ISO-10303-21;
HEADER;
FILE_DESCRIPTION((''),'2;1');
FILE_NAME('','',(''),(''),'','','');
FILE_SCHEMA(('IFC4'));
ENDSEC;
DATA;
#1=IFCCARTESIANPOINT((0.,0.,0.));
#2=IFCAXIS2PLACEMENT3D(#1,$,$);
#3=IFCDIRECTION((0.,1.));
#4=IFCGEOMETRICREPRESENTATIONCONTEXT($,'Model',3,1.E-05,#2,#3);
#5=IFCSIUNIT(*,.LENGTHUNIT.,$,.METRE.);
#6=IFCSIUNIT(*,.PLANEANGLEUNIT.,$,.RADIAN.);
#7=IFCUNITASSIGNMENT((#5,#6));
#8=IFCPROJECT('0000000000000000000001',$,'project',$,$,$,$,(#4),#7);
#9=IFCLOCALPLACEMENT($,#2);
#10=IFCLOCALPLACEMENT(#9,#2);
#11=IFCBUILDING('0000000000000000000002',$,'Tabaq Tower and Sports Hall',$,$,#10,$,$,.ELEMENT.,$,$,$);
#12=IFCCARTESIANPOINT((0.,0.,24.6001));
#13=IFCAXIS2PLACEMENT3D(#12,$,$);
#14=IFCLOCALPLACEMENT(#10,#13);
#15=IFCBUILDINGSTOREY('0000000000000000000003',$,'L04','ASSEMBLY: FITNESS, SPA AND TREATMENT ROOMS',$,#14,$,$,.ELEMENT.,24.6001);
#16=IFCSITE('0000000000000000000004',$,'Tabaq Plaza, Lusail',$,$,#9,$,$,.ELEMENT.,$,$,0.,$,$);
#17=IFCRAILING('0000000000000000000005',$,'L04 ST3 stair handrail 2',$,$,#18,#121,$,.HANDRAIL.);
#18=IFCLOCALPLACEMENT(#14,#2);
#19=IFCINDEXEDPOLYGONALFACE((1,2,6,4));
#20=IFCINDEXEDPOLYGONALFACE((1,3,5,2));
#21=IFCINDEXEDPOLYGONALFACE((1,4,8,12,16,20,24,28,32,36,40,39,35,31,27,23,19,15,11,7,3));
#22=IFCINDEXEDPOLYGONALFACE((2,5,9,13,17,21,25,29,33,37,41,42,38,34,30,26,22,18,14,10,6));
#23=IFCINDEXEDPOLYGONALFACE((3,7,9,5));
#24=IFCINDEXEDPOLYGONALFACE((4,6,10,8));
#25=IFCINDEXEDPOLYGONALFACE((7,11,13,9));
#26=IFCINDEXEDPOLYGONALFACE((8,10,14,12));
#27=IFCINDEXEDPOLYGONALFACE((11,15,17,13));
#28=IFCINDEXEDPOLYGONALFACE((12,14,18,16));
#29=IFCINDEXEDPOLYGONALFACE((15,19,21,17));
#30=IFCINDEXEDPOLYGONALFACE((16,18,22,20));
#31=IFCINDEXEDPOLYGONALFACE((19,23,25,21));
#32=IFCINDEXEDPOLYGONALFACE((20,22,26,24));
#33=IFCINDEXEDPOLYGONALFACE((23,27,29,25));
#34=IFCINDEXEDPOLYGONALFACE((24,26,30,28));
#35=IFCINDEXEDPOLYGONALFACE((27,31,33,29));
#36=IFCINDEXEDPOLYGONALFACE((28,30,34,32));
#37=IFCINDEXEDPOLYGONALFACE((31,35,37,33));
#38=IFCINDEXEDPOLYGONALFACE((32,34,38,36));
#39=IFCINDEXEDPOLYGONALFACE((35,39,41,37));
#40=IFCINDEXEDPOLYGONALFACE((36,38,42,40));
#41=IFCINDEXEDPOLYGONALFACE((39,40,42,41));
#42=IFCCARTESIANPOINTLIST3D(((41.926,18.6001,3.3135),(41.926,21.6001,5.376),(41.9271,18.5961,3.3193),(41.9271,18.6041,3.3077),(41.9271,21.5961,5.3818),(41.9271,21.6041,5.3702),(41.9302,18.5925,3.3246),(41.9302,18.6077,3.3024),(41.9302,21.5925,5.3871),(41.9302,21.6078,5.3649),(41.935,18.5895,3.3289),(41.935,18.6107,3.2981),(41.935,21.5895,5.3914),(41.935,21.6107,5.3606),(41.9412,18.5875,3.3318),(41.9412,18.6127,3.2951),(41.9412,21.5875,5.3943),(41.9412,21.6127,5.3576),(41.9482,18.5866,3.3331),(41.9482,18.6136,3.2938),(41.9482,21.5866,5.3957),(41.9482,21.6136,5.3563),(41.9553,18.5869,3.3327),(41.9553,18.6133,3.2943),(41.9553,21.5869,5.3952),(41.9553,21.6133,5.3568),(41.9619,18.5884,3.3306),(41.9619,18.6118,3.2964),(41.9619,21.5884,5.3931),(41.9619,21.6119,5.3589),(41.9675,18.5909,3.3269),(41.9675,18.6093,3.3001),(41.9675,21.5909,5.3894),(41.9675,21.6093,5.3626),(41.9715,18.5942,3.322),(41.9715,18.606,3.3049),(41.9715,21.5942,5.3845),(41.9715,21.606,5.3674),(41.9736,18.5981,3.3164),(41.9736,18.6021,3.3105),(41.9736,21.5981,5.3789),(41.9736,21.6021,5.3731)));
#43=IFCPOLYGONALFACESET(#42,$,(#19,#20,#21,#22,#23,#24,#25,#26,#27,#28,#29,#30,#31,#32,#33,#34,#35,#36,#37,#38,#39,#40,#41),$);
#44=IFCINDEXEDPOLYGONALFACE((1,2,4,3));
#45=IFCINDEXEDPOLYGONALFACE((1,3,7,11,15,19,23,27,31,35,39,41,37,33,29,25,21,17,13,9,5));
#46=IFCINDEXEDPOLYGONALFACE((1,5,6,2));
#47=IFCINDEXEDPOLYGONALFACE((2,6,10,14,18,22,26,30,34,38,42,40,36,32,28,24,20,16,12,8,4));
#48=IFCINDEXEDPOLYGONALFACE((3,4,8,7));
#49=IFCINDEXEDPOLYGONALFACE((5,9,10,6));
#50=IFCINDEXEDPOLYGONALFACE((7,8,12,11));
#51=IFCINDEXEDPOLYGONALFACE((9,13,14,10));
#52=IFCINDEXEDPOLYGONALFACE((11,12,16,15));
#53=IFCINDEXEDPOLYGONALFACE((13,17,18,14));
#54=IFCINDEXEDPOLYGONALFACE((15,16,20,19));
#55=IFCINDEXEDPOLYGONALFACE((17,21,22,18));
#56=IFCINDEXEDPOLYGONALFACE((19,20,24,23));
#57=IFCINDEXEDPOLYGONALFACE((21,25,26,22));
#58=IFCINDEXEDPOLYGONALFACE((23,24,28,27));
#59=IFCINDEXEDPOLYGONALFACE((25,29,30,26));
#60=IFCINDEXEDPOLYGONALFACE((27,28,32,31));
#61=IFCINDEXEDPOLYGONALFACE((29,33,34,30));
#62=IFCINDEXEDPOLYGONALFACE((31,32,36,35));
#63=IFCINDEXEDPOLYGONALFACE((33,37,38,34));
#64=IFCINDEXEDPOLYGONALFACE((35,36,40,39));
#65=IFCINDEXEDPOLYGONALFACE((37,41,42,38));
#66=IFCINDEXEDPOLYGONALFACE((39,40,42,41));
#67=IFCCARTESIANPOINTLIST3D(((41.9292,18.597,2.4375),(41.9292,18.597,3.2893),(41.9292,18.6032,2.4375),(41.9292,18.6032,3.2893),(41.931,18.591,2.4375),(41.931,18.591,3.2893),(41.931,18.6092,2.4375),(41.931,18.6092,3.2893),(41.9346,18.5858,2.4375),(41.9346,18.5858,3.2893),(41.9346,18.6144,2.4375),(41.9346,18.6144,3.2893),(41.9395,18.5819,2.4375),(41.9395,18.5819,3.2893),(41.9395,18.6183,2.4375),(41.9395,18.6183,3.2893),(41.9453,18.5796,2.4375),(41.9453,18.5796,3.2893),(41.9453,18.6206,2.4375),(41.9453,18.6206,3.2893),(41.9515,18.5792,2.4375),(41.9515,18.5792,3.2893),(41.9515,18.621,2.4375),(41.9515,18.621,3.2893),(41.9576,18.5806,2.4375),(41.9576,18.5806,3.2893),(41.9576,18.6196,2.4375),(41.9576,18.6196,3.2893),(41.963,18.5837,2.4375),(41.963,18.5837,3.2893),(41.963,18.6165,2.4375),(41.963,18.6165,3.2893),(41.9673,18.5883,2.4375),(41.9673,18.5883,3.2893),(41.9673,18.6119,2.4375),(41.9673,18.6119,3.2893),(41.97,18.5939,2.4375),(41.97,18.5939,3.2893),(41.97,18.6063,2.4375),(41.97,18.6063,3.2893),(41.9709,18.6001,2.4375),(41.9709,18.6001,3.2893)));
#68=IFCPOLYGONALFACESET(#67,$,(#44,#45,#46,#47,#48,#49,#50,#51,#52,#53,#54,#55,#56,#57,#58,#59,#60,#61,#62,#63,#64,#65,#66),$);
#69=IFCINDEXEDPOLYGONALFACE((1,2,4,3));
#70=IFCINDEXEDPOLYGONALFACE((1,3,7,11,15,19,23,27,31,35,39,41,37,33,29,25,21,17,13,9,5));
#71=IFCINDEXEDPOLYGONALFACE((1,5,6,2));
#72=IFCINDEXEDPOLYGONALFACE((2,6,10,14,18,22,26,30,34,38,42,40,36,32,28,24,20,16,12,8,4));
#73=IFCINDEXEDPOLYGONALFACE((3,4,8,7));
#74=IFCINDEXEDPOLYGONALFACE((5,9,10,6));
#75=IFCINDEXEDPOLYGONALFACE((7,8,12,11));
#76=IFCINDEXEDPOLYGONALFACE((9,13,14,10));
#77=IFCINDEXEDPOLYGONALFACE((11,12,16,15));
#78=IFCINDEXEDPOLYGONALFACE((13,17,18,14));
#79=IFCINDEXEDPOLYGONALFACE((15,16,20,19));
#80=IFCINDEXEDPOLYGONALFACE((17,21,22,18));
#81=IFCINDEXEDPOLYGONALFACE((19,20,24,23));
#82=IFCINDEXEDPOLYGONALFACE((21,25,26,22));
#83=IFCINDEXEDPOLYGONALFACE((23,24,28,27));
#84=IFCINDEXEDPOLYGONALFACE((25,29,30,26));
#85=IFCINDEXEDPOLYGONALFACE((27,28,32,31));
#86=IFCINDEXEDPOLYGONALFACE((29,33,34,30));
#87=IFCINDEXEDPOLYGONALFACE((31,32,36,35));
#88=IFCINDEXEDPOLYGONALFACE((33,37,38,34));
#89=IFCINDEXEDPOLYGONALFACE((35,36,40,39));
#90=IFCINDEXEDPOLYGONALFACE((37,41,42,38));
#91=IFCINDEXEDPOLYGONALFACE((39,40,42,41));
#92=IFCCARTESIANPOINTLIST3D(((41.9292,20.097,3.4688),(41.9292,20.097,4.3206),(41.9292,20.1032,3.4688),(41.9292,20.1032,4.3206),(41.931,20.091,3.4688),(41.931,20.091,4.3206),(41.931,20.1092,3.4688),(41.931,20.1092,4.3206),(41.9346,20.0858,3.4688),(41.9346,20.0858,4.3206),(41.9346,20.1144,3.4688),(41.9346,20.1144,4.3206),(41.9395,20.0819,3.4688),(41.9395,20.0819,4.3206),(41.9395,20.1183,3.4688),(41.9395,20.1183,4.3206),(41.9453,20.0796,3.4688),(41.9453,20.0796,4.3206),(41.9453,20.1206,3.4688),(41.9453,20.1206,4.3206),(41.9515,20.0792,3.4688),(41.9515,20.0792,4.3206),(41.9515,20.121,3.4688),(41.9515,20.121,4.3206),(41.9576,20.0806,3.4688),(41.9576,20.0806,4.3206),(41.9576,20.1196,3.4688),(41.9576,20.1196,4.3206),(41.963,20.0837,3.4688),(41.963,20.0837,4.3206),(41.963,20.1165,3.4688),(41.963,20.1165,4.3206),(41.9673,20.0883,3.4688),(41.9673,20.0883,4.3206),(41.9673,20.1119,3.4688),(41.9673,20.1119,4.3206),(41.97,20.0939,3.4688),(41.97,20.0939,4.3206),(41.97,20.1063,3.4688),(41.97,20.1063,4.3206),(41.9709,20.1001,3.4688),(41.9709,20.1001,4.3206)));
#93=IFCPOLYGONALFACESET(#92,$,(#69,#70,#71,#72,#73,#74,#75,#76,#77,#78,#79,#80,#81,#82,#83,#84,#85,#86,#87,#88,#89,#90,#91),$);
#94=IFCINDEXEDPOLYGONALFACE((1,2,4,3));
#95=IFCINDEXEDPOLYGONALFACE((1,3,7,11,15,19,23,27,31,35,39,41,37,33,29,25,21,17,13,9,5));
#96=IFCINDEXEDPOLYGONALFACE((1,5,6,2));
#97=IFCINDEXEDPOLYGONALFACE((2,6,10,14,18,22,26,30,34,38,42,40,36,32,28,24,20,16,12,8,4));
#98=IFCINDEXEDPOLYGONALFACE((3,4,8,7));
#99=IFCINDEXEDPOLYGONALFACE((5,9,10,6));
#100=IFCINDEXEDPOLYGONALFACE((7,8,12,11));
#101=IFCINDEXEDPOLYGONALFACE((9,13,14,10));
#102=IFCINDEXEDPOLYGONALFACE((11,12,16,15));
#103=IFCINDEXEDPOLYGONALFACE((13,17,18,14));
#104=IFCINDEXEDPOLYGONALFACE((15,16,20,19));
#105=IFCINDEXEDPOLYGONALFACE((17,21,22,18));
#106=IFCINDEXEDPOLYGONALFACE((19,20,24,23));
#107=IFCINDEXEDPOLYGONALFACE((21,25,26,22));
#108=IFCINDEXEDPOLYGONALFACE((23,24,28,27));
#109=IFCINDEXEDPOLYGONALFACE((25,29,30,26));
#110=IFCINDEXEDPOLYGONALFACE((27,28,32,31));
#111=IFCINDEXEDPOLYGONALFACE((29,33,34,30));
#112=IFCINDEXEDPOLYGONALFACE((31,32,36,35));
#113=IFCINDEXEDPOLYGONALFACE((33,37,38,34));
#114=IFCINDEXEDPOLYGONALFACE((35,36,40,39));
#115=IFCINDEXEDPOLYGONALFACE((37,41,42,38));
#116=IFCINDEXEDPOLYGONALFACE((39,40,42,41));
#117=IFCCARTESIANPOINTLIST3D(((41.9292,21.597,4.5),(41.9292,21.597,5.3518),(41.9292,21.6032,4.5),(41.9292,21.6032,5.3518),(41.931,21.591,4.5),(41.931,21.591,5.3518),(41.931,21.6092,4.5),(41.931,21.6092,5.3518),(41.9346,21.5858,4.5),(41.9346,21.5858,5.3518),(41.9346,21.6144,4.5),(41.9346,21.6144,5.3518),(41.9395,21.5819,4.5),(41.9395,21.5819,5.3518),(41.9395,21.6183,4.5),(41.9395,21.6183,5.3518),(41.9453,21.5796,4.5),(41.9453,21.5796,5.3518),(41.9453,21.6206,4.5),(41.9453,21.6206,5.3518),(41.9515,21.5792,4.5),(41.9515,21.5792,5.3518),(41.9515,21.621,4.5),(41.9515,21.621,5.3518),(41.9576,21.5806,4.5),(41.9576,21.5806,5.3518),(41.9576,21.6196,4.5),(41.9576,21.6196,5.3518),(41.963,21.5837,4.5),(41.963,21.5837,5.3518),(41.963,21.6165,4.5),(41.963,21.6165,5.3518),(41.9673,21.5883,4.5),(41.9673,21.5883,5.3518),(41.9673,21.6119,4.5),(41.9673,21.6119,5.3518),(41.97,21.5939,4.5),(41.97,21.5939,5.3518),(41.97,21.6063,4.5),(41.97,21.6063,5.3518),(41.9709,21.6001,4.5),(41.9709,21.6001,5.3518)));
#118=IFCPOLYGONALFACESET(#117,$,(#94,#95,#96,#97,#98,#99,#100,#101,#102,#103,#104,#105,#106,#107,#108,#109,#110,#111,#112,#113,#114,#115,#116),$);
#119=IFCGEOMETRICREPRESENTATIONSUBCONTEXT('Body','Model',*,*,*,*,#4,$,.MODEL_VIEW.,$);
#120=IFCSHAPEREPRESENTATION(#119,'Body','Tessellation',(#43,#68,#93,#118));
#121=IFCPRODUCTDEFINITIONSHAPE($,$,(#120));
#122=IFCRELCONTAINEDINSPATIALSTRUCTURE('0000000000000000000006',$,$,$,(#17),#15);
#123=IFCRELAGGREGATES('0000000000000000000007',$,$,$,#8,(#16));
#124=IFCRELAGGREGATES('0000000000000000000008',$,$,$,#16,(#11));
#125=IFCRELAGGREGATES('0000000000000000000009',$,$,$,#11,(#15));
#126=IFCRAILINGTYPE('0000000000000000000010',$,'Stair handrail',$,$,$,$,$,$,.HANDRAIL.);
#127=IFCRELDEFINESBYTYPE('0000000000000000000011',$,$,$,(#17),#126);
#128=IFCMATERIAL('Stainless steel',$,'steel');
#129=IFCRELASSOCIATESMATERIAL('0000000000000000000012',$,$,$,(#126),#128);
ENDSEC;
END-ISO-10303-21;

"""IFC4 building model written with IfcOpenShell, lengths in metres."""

from ifc_helpers import new_model, si_unit, direction, frame, origin, origin_2d, place, context, subcontext, project, spatial, circle, extrude, material, type_object, element, save


model = new_model("IFC4")

# Units and contexts
model_context = context("Model", 3, precision=1e-05, world=origin(), true_north=direction((0.0, 1.0)))
body_context = subcontext(model_context, "Body", "Model", "MODEL_VIEW")
ifc_project = project(units=[si_unit("LENGTHUNIT", "METRE"), si_unit("PLANEANGLEUNIT", "RADIAN")], contexts=[model_context])

# Site, building, storey
site_placement = place(None, origin())
site = spatial("IfcSite", under=ifc_project, at=site_placement, Name="Tabaq Plaza, Lusail", CompositionType="ELEMENT", RefElevation=0.0)
building_placement = place(site_placement, origin())
building = spatial("IfcBuilding", under=site, at=building_placement, Name="Tabaq Tower and Sports Hall", CompositionType="ELEMENT")
storey_placement = place(building_placement, frame((0.0, 0.0, 24.6001)))
storey = spatial("IfcBuildingStorey", under=building, at=storey_placement, Name="L04", Description="ASSEMBLY: FITNESS, SPA AND TREATMENT ROOMS", CompositionType="ELEMENT", Elevation=24.6001)

# Railing
ifc_material_1 = material(Name="Stainless steel", Category="steel")
railing_type = type_object("IfcRailingType", Name="Stair handrail", PredefinedType="HANDRAIL", material=ifc_material_1)
railing_1_placement = place(storey_placement, frame((41.95, 18.6001, 2.4375)))
element("IfcRailing", 1, at=railing_1_placement, inside=storey, type_object=railing_type, Name="L04 ST3 stair handrail 2", PredefinedType="HANDRAIL", context=body_context, shape_type="SweptSolid", body=[
    extrude(circle(Radius=0.0239, at=origin_2d()), frame((0.0, 0.0, 0.876), z_axis=(0.0, 0.824042, 0.566529), x_axis=(-1.0, 0.0, 0.0)), (0.0, 0.0, 1.0), 3.6406),
    extrude(circle(Radius=0.021, at=origin_2d()), origin(), (0.0, 0.0, 1.0), 0.8518),
    extrude(circle(Radius=0.021, at=origin_2d()), frame((0.0, 1.5, 1.0312)), (0.0, 0.0, 1.0), 0.8518),
    extrude(circle(Radius=0.021, at=origin_2d()), frame((0.0, 3.0, 2.0625)), (0.0, 0.0, 1.0), 0.8518),
])

save(model, "model.ifc")
